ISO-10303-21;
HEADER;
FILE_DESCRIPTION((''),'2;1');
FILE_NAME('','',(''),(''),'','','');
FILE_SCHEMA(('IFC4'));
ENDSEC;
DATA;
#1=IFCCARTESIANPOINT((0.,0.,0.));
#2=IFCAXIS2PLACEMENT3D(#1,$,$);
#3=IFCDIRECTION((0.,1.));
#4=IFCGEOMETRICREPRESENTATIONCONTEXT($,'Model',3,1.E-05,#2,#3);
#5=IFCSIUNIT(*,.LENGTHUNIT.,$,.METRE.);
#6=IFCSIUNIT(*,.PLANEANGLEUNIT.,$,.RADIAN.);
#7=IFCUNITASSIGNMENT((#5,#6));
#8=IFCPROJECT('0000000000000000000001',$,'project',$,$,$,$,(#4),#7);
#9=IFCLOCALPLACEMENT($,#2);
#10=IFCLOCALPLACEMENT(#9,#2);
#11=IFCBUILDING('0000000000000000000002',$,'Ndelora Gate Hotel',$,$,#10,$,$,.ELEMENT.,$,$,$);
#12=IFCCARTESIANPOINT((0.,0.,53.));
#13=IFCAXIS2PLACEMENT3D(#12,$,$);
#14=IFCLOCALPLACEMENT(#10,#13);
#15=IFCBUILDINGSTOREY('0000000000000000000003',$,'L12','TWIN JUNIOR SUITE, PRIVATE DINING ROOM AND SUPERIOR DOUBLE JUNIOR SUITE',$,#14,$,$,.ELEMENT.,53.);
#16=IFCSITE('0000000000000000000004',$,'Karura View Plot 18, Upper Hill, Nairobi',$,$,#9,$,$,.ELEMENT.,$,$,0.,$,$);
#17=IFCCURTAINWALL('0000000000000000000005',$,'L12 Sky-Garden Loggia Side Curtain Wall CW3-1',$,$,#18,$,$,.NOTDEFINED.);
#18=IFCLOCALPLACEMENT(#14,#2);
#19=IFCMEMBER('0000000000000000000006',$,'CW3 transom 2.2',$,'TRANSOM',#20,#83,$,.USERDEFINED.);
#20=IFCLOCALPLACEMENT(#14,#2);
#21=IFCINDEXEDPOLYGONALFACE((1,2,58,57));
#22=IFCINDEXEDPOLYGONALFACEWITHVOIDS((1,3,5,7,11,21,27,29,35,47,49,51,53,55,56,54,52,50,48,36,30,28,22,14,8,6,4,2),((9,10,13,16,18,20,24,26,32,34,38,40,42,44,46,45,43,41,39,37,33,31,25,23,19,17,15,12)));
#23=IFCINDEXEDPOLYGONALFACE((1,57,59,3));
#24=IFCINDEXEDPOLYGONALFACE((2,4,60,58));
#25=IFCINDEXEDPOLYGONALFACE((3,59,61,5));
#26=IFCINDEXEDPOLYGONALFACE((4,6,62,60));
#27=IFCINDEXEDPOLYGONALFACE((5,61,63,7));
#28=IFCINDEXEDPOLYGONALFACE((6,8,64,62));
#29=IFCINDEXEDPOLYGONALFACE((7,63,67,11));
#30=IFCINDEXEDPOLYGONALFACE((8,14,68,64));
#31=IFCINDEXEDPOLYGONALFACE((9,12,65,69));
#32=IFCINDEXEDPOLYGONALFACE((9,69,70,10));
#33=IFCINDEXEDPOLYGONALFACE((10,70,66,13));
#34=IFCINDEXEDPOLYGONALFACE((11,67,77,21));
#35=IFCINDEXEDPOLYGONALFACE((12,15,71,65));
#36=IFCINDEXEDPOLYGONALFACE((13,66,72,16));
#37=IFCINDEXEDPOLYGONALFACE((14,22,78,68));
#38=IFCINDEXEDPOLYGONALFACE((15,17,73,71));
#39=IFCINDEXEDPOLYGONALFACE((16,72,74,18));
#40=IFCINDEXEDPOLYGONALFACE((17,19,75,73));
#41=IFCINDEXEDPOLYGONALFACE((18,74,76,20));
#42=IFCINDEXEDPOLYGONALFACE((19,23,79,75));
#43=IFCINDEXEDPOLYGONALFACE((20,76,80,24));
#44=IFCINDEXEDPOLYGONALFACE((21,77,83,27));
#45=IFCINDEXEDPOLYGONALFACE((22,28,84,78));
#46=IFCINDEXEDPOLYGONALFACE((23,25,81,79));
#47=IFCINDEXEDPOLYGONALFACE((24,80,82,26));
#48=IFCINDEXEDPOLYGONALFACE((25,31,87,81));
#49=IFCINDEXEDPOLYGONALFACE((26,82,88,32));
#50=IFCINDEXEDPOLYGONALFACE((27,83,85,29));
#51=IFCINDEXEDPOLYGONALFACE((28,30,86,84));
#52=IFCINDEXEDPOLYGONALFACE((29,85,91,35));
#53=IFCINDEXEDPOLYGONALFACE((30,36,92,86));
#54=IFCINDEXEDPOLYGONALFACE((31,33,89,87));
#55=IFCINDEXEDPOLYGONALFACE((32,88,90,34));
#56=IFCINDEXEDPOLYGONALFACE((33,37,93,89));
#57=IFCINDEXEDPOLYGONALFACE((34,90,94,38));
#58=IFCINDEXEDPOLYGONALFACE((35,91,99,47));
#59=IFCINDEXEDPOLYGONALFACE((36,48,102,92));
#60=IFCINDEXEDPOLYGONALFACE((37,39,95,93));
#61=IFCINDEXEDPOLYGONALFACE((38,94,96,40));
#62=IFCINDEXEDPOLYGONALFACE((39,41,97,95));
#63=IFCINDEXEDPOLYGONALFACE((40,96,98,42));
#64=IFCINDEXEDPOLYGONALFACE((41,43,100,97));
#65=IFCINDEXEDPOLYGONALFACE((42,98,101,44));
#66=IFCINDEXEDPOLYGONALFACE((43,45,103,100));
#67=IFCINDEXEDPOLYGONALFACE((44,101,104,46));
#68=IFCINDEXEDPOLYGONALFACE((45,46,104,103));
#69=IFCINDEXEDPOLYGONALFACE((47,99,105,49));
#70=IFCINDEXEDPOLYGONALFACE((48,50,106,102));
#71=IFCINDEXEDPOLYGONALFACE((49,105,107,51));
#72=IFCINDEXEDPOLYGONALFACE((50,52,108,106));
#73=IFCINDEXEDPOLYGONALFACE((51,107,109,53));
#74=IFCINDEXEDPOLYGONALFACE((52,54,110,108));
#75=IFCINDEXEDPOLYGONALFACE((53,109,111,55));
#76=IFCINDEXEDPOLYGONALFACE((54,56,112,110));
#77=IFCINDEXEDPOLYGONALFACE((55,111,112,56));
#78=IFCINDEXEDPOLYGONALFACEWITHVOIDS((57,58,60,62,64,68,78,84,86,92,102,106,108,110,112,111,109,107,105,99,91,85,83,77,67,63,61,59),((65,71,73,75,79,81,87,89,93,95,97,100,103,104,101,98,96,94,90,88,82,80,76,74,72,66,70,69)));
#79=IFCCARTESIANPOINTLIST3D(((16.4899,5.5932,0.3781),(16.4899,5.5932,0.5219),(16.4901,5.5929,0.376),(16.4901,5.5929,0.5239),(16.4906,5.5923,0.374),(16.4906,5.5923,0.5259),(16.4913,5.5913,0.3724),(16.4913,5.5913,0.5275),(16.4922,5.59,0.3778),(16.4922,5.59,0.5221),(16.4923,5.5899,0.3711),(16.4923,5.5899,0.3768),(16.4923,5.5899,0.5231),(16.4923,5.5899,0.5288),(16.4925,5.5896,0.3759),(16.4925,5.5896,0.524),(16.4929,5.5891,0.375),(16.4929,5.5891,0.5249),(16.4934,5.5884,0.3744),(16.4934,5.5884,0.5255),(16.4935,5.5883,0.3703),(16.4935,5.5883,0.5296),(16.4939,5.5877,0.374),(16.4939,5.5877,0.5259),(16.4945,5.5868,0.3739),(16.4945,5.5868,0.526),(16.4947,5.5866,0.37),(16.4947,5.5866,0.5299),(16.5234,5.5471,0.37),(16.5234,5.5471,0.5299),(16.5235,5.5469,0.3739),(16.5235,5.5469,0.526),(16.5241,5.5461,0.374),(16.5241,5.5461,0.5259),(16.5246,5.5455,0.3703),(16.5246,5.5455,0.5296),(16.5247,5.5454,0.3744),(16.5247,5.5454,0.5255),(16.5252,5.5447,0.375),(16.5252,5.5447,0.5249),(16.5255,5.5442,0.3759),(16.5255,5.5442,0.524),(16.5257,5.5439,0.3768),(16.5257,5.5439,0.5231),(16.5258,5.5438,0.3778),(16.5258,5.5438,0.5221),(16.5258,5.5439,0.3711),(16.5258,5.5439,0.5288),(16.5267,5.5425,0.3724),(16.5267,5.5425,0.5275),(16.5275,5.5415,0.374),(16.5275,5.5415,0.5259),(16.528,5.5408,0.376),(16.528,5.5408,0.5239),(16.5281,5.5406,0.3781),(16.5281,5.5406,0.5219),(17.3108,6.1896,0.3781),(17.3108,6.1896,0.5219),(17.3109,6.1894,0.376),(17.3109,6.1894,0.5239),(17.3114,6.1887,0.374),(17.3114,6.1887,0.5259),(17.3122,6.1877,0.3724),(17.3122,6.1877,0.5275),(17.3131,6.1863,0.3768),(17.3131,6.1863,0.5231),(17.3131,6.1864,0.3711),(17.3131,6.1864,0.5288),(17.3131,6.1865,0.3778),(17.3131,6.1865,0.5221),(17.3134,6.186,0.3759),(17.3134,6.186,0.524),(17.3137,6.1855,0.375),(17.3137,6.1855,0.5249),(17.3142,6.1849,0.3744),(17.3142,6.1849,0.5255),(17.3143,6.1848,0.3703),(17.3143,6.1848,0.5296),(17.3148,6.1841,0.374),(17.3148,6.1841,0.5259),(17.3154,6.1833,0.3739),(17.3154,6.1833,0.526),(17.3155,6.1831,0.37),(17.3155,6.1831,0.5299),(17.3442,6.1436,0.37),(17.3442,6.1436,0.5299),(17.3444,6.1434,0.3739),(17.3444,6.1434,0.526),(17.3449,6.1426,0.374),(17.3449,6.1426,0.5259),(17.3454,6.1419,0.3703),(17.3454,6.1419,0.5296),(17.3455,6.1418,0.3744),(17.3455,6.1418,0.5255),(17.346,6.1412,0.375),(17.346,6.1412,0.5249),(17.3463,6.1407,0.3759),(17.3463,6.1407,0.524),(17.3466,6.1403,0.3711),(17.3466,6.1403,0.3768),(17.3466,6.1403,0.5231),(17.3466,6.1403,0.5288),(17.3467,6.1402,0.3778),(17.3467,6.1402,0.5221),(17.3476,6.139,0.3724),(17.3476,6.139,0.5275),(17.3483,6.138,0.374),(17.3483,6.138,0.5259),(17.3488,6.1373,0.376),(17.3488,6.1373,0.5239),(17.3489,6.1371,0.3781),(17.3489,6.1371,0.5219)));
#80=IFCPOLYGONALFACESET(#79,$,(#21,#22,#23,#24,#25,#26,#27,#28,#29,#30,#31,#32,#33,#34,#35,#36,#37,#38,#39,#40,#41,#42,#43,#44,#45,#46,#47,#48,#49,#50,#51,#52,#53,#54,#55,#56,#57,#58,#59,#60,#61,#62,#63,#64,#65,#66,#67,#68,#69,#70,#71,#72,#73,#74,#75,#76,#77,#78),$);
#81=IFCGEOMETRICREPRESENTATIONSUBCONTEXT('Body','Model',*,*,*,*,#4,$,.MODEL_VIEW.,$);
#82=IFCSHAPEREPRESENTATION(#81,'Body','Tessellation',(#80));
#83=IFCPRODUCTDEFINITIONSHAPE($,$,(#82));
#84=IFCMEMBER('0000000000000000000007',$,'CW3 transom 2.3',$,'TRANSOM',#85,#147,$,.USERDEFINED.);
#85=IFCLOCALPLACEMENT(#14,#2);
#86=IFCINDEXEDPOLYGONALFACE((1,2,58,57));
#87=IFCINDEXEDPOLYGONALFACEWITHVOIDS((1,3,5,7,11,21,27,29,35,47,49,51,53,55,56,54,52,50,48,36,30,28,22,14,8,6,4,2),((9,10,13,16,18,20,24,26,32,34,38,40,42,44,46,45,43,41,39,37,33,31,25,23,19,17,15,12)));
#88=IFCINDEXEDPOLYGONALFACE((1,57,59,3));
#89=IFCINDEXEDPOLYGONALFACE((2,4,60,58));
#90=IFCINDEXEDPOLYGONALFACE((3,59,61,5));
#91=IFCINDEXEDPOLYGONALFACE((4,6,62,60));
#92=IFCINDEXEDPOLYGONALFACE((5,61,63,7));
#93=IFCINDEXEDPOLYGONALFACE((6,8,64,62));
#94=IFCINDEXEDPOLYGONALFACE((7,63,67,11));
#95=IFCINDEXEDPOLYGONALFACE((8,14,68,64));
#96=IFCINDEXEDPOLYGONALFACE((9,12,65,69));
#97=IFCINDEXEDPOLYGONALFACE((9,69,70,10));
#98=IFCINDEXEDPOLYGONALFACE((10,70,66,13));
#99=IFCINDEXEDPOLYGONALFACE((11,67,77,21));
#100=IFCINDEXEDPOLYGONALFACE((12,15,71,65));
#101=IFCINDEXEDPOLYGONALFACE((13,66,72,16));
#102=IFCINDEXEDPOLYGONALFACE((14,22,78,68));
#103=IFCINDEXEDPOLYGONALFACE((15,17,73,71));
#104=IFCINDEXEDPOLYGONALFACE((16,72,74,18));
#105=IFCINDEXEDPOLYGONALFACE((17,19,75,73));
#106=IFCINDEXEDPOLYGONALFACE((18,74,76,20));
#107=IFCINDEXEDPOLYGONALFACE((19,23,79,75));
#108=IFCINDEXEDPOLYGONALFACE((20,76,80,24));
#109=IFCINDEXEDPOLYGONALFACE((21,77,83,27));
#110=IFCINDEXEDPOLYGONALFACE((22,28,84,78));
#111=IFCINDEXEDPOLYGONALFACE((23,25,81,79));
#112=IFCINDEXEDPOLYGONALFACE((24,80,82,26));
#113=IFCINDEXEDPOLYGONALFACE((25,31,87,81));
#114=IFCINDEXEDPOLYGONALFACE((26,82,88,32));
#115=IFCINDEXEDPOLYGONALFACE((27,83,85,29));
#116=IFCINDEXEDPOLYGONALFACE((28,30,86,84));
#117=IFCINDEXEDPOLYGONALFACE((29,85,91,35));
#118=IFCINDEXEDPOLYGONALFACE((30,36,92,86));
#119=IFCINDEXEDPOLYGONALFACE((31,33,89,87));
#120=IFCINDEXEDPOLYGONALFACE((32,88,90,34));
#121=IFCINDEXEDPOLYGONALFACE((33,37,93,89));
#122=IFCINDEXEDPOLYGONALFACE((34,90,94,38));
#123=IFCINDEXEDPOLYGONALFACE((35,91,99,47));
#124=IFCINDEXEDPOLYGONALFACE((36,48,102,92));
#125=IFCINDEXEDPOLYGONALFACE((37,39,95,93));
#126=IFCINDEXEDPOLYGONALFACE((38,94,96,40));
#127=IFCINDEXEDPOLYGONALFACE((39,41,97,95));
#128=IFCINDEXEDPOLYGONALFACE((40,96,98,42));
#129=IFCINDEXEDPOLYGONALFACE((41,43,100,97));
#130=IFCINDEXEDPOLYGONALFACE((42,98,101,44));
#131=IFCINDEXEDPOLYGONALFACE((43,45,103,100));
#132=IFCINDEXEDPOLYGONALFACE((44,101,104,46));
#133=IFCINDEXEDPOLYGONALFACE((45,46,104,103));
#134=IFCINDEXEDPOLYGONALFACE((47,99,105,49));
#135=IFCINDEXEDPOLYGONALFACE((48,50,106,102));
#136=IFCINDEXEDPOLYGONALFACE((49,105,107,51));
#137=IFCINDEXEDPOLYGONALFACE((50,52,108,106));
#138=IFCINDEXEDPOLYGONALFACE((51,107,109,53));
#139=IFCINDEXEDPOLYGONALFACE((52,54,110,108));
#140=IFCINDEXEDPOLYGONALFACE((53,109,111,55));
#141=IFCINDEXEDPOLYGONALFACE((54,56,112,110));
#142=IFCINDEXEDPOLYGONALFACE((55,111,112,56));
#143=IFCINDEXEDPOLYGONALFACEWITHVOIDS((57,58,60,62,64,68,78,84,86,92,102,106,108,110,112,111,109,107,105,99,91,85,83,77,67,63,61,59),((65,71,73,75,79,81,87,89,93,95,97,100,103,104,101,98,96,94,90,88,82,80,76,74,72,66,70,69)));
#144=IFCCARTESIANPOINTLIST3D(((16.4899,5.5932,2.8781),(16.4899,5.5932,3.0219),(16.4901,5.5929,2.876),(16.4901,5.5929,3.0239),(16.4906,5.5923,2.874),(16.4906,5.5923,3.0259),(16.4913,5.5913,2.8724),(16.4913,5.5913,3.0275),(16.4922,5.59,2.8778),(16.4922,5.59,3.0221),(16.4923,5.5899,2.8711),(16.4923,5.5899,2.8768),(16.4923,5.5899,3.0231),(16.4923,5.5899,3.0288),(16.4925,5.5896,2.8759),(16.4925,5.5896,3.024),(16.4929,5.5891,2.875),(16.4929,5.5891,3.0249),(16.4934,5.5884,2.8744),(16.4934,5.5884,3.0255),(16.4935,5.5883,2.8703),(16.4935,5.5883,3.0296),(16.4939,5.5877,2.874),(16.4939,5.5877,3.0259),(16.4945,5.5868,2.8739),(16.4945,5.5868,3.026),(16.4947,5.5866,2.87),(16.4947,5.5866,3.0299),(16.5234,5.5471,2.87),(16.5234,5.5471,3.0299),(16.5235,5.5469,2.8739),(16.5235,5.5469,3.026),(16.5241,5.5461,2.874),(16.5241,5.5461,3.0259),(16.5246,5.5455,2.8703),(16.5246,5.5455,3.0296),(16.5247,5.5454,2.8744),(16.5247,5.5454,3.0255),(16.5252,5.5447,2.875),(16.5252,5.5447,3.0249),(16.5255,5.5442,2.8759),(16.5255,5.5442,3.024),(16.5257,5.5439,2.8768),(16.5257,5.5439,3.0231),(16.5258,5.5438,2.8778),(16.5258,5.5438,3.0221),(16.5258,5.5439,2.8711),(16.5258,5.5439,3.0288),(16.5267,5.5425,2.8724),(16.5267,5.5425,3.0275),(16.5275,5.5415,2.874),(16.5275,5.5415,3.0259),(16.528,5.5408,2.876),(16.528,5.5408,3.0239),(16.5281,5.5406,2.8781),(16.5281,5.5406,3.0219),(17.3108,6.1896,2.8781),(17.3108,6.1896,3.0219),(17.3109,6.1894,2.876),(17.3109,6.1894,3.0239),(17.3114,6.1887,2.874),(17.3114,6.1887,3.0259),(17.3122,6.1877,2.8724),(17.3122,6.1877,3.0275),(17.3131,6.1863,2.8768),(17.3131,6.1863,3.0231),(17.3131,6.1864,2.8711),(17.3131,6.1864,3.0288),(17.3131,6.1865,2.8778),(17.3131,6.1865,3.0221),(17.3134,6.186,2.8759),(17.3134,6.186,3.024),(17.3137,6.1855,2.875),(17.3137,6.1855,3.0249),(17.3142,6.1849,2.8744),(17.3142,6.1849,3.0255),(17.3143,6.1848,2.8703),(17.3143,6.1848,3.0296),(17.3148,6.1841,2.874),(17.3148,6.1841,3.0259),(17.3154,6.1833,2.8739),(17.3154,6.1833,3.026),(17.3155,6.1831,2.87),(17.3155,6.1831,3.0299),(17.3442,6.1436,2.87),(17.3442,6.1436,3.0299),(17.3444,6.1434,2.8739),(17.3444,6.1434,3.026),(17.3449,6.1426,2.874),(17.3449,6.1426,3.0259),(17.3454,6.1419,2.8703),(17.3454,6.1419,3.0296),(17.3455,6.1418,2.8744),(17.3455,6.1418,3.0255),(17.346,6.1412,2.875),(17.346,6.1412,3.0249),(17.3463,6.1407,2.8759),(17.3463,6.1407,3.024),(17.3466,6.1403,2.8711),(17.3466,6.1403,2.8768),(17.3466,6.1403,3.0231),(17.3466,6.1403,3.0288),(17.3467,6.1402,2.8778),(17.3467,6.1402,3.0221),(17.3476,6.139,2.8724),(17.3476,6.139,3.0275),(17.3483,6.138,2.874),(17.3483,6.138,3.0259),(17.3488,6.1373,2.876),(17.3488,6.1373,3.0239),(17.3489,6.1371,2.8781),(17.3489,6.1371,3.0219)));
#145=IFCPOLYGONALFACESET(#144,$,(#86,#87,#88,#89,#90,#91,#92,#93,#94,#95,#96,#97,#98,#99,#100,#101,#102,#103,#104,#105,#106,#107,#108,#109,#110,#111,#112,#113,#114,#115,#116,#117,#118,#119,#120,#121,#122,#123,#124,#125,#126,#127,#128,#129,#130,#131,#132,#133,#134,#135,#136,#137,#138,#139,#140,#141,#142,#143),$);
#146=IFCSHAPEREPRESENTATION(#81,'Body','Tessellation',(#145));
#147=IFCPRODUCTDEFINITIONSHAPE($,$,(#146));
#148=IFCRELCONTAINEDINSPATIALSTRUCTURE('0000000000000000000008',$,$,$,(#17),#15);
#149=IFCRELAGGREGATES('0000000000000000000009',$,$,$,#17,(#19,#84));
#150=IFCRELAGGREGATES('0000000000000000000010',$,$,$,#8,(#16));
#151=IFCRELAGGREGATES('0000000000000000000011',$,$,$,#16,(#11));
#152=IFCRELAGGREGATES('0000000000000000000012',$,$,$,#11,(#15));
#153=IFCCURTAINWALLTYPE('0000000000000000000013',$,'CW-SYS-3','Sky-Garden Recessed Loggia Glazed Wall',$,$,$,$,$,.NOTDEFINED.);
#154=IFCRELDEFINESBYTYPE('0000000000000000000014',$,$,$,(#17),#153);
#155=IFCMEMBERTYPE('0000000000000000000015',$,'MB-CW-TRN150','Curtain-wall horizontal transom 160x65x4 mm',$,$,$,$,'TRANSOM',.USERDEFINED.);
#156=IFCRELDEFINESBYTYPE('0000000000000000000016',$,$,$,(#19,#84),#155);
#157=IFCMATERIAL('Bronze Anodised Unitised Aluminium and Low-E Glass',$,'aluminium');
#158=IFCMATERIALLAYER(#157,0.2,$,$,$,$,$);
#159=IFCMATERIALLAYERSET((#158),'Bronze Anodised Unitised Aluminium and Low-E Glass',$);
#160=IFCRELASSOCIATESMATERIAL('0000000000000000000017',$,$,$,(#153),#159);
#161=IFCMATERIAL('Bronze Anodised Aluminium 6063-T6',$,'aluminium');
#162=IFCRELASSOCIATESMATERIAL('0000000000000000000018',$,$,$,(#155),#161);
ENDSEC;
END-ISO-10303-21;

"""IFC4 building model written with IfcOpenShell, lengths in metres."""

from ifc_helpers import new_model, si_unit, direction, frame, origin, origin_2d, place, context, subcontext, project, spatial, hollow_rectangle, extrude, material, layer, layer_set, material_profile, profile_set, type_object, element, aggregate, save


model = new_model("IFC4")

# Units and contexts
model_context = context("Model", 3, precision=1e-05, world=origin(), true_north=direction((0.0, 1.0)))
body_context = subcontext(model_context, "Body", "Model", "MODEL_VIEW")
ifc_project = project(units=[si_unit("LENGTHUNIT", "METRE"), si_unit("PLANEANGLEUNIT", "RADIAN")], contexts=[model_context])

# Site, building, storey
site_placement = place(None, origin())
site = spatial("IfcSite", under=ifc_project, at=site_placement, Name="Karura View Plot 18, Upper Hill, Nairobi", CompositionType="ELEMENT", RefElevation=0.0)
building_placement = place(site_placement, origin())
building = spatial("IfcBuilding", under=site, at=building_placement, Name="Ndelora Gate Hotel", CompositionType="ELEMENT")
storey_placement = place(building_placement, frame((0.0, 0.0, 53.0)))
storey = spatial("IfcBuildingStorey", under=building, at=storey_placement, Name="L12", Description="TWIN JUNIOR SUITE, PRIVATE DINING ROOM AND SUPERIOR DOUBLE JUNIOR SUITE", CompositionType="ELEMENT", Elevation=53.0)

# Curtain wall, members
ifc_material_1 = material(Name="Bronze Anodised Unitised Aluminium and Low-E Glass", Category="aluminium")
ifc_layer_1 = layer(ifc_material_1, 0.2)
ifc_layer_set_1 = layer_set([ifc_layer_1], Name="Bronze Anodised Unitised Aluminium and Low-E Glass")
curtain_wall_type = type_object("IfcCurtainWallType", Name="CW-SYS-3", Description="Sky-Garden Recessed Loggia Glazed Wall", PredefinedType="NOTDEFINED", material=ifc_layer_set_1)
curtain_wall_placement = place(storey_placement, origin())
curtain_wall = element("IfcCurtainWall", 1, at=curtain_wall_placement, inside=storey, type_object=curtain_wall_type, Name="L12 Sky-Garden Loggia Side Curtain Wall CW3-1", PredefinedType="NOTDEFINED")
ifc_material_2 = material(Name="Bronze Anodised Aluminium 6063-T6", Category="aluminium")
ifc_material_profile_1 = material_profile(ifc_material_2, hollow_rectangle(XDim=0.0649, YDim=0.1599, WallThickness=0.0039, InnerFilletRadius=0.0039, OuterFilletRadius=0.0081, at=origin_2d()), Name="ALU 160x65x4")
ifc_profile_set_1 = profile_set([ifc_material_profile_1], Name="Bronze Anodised Aluminium 6063-T6")
member_type_1 = type_object("IfcMemberType", Name="MB-CW-TRN150", Description="Curtain-wall horizontal transom 160x65x4 mm", ElementType="TRANSOM", PredefinedType="USERDEFINED", material=ifc_profile_set_1)
member_1_placement = place(storey_placement, frame((16.509, 5.5669, 0.45), z_axis=(0.808975, 0.587843, 0.0), x_axis=(-0.587843, 0.808975, 0.0)))
member_1 = element("IfcMember", 2, at=member_1_placement, type_object=member_type_1, Name="CW3 transom 2.2", ObjectType="TRANSOM", PredefinedType="USERDEFINED", context=body_context, shape_type="SweptSolid", body=[
    extrude(hollow_rectangle(XDim=0.0649, YDim=0.1599, WallThickness=0.0039, InnerFilletRadius=0.0039, OuterFilletRadius=0.0081, at=origin_2d()), origin(), (0.0, 0.0, 1.0), 1.0146),
])
member_2_placement = place(storey_placement, frame((16.509, 5.5669, 2.95), z_axis=(0.808975, 0.587843, 0.0), x_axis=(-0.587843, 0.808975, 0.0)))
member_2 = element("IfcMember", 3, at=member_2_placement, type_object=member_type_1, Name="CW3 transom 2.3", ObjectType="TRANSOM", PredefinedType="USERDEFINED", context=body_context, shape_type="SweptSolid", body=[
    extrude(hollow_rectangle(XDim=0.0649, YDim=0.1599, WallThickness=0.0039, InnerFilletRadius=0.0039, OuterFilletRadius=0.0081, at=origin_2d()), origin(), (0.0, 0.0, 1.0), 1.0146),
])
aggregate(curtain_wall, [member_1, member_2])

save(model, "model.ifc")
